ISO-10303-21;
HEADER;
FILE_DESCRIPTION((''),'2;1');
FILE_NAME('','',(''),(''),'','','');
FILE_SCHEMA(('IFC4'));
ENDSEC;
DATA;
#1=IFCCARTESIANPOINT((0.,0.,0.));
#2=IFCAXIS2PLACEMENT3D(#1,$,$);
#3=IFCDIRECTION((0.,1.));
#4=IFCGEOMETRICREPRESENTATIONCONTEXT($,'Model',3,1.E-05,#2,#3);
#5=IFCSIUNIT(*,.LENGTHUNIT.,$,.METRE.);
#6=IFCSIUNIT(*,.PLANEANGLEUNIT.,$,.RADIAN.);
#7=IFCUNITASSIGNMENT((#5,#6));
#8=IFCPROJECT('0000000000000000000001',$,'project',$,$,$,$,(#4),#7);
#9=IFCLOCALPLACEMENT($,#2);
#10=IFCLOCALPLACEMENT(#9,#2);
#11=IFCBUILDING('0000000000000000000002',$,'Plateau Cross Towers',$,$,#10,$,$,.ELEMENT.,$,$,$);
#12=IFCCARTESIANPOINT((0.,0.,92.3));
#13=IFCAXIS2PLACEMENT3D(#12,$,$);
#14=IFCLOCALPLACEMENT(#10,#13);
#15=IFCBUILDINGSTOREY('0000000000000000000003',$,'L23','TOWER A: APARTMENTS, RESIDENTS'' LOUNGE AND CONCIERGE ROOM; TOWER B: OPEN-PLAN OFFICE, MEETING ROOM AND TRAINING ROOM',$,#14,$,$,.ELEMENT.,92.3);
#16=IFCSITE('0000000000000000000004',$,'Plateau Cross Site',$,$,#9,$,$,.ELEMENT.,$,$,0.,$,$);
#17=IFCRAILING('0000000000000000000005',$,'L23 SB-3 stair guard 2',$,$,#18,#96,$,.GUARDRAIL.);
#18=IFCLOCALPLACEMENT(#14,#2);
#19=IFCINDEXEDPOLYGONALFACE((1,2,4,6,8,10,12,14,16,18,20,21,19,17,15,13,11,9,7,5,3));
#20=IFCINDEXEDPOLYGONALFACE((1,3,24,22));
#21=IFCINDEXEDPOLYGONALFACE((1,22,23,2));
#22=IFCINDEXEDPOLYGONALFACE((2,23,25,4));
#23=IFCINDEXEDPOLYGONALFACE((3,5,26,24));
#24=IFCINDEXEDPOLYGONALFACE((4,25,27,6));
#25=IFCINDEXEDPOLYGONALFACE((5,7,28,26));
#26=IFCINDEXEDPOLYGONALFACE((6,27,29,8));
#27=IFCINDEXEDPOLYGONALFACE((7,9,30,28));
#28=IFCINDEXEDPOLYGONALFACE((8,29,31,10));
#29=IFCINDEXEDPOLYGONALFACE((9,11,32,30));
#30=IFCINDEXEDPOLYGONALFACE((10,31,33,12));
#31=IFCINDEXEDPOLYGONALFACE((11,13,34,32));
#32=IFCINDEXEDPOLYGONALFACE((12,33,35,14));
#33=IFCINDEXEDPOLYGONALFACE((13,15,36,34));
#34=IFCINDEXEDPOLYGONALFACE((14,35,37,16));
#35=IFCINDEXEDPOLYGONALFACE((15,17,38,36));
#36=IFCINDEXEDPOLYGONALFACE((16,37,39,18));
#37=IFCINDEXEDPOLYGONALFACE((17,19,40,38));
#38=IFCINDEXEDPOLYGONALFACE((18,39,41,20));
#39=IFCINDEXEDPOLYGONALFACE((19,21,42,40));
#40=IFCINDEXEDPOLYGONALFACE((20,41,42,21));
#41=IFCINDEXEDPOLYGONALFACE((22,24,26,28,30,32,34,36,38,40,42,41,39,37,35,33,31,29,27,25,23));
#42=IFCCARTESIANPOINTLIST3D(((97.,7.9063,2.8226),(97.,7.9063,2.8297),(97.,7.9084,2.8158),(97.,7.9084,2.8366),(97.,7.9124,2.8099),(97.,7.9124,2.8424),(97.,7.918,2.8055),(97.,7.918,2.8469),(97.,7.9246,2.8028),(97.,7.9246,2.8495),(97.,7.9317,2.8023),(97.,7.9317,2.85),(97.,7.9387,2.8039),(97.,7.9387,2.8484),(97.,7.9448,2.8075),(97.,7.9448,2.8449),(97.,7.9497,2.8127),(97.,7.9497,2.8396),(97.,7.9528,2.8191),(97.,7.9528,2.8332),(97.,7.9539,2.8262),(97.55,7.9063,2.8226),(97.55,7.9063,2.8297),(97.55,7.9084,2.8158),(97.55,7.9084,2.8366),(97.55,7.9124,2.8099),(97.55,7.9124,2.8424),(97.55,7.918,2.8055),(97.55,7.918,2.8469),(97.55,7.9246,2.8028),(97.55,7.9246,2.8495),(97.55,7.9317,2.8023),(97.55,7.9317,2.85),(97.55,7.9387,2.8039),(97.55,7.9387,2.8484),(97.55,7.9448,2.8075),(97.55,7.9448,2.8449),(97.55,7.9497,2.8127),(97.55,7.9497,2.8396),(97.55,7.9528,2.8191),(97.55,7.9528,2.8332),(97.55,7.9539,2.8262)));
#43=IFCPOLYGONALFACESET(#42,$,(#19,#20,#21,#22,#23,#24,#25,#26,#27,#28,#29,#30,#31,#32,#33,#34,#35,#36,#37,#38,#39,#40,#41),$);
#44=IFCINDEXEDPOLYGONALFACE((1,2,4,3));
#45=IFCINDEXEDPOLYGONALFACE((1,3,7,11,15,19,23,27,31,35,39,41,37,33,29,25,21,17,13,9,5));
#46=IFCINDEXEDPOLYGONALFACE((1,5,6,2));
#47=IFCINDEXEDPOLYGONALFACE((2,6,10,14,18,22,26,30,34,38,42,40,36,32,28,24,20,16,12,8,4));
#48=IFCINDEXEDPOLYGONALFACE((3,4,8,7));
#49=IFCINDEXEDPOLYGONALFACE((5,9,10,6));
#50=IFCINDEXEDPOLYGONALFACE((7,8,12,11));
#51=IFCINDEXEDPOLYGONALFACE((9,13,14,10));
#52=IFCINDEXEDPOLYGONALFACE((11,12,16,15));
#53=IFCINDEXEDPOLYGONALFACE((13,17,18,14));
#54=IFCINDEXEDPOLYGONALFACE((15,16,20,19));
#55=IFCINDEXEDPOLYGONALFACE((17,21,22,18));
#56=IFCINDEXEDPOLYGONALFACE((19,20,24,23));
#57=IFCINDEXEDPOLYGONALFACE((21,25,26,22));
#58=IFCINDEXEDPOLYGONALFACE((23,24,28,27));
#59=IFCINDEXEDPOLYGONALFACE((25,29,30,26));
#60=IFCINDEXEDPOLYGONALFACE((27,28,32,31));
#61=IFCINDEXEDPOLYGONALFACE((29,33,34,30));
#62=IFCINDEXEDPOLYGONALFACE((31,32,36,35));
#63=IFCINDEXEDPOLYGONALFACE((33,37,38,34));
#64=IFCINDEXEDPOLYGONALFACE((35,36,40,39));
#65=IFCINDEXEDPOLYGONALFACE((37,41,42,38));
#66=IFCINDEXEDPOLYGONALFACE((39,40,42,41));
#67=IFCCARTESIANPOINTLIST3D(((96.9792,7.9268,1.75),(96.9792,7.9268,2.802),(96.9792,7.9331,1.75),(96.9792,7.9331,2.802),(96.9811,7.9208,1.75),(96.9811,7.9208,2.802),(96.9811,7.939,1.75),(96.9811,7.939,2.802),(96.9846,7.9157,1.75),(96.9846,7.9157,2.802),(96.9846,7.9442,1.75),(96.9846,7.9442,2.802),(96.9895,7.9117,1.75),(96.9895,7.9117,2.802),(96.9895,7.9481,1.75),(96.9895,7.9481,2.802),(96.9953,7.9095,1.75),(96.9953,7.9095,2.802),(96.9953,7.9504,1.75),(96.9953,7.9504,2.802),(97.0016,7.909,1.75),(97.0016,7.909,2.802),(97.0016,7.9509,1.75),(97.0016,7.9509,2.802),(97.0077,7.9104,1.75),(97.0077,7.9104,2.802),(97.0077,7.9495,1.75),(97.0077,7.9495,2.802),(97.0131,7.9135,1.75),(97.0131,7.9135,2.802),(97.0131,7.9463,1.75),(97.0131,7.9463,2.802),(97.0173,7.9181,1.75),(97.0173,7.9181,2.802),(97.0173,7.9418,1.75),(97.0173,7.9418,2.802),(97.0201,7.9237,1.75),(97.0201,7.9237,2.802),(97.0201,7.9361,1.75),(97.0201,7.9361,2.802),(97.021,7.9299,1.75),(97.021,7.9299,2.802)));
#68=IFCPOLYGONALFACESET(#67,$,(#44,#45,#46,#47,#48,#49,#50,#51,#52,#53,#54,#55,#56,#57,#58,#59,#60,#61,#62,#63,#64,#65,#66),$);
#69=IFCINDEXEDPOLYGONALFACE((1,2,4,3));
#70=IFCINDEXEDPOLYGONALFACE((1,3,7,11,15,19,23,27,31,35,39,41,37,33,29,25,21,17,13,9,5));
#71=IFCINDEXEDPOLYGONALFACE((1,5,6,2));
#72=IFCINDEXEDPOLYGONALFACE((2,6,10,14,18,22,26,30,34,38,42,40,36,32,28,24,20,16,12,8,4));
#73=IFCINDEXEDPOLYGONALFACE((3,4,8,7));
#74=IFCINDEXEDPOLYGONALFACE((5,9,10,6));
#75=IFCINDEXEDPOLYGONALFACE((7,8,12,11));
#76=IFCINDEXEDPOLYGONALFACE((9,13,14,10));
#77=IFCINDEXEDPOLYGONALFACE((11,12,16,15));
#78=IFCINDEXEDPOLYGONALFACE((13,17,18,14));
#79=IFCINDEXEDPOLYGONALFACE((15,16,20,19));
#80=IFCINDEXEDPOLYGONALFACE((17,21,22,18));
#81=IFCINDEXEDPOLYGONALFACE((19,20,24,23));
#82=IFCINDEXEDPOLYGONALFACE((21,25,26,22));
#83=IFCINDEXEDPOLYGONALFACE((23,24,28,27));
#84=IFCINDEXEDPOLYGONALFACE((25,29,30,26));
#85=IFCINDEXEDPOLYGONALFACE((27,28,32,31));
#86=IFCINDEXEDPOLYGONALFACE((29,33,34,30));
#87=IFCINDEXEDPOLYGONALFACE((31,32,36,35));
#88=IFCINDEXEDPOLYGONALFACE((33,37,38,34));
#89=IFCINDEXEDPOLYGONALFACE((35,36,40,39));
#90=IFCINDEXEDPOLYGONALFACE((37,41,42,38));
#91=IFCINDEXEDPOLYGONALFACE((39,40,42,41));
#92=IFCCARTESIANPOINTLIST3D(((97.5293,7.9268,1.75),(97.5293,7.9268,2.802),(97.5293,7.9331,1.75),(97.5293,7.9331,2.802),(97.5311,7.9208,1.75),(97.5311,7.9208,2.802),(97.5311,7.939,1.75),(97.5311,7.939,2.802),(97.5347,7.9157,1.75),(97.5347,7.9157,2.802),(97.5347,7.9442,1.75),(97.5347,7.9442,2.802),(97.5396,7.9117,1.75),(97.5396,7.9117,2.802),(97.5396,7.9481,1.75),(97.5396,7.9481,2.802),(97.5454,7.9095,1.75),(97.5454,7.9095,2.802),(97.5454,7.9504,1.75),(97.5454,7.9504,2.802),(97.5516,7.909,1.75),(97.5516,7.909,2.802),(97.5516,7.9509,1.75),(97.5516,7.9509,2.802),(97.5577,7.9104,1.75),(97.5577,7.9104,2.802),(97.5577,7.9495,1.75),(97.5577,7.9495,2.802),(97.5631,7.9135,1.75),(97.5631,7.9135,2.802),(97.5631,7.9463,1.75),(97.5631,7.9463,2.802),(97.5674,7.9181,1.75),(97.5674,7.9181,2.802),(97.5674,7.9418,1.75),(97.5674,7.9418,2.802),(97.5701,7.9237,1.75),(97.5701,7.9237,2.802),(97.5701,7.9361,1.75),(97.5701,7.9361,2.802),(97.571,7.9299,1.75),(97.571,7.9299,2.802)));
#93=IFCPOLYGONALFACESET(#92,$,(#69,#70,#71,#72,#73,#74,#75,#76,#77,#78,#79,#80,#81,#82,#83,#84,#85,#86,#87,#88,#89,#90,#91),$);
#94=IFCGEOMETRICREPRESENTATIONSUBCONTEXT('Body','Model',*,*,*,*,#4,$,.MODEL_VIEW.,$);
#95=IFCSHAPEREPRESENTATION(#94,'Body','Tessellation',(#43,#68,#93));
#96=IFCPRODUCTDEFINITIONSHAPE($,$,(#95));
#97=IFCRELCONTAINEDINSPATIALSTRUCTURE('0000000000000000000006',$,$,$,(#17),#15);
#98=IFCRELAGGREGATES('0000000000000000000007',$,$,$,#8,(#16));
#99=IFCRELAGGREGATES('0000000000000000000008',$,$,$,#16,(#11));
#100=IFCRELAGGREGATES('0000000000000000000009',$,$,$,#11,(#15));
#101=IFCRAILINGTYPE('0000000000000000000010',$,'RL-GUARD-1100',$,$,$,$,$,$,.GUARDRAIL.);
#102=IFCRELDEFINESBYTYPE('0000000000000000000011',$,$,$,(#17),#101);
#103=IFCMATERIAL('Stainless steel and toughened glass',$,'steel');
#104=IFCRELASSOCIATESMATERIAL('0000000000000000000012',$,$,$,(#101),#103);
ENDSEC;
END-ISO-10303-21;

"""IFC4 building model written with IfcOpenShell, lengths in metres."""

from ifc_helpers import new_model, si_unit, direction, frame, origin, origin_2d, place, context, subcontext, project, spatial, circle, extrude, material, type_object, element, save


model = new_model("IFC4")

# Units and contexts
model_context = context("Model", 3, precision=1e-05, world=origin(), true_north=direction((0.0, 1.0)))
body_context = subcontext(model_context, "Body", "Model", "MODEL_VIEW")
ifc_project = project(units=[si_unit("LENGTHUNIT", "METRE"), si_unit("PLANEANGLEUNIT", "RADIAN")], contexts=[model_context])

# Site, building, storey
site_placement = place(None, origin())
site = spatial("IfcSite", under=ifc_project, at=site_placement, Name="Plateau Cross Site", CompositionType="ELEMENT", RefElevation=0.0)
building_placement = place(site_placement, origin())
building = spatial("IfcBuilding", under=site, at=building_placement, Name="Plateau Cross Towers", CompositionType="ELEMENT")
storey_placement = place(building_placement, frame((0.0, 0.0, 92.3)))
storey = spatial("IfcBuildingStorey", under=building, at=storey_placement, Name="L23", Description="TOWER A: APARTMENTS, RESIDENTS' LOUNGE AND CONCIERGE ROOM; TOWER B: OPEN-PLAN OFFICE, MEETING ROOM AND TRAINING ROOM", CompositionType="ELEMENT", Elevation=92.3)

# Railing
ifc_material_1 = material(Name="Stainless steel and toughened glass", Category="steel")
railing_type_1 = type_object("IfcRailingType", Name="RL-GUARD-1100", PredefinedType="GUARDRAIL", material=ifc_material_1)
railing_1_placement = place(storey_placement, frame((97.0, 7.9299, 1.75)))
element("IfcRailing", 1, at=railing_1_placement, inside=storey, type_object=railing_type_1, Name="L23 SB-3 stair guard 2", PredefinedType="GUARDRAIL", context=body_context, shape_type="SweptSolid", body=[
    extrude(circle(Radius=0.0239, at=origin_2d()), frame((0.0, 0.0, 1.0762), z_axis=(1.0, 0.0, 0.0), x_axis=(0.0, 1.0, 0.0)), (0.0, 0.0, 1.0), 0.55),
    extrude(circle(Radius=0.021, at=origin_2d()), origin(), (0.0, 0.0, 1.0), 1.052),
    extrude(circle(Radius=0.021, at=origin_2d()), frame((0.55, 0.0, 0.0)), (0.0, 0.0, 1.0), 1.052),
])

save(model, "model.ifc")
